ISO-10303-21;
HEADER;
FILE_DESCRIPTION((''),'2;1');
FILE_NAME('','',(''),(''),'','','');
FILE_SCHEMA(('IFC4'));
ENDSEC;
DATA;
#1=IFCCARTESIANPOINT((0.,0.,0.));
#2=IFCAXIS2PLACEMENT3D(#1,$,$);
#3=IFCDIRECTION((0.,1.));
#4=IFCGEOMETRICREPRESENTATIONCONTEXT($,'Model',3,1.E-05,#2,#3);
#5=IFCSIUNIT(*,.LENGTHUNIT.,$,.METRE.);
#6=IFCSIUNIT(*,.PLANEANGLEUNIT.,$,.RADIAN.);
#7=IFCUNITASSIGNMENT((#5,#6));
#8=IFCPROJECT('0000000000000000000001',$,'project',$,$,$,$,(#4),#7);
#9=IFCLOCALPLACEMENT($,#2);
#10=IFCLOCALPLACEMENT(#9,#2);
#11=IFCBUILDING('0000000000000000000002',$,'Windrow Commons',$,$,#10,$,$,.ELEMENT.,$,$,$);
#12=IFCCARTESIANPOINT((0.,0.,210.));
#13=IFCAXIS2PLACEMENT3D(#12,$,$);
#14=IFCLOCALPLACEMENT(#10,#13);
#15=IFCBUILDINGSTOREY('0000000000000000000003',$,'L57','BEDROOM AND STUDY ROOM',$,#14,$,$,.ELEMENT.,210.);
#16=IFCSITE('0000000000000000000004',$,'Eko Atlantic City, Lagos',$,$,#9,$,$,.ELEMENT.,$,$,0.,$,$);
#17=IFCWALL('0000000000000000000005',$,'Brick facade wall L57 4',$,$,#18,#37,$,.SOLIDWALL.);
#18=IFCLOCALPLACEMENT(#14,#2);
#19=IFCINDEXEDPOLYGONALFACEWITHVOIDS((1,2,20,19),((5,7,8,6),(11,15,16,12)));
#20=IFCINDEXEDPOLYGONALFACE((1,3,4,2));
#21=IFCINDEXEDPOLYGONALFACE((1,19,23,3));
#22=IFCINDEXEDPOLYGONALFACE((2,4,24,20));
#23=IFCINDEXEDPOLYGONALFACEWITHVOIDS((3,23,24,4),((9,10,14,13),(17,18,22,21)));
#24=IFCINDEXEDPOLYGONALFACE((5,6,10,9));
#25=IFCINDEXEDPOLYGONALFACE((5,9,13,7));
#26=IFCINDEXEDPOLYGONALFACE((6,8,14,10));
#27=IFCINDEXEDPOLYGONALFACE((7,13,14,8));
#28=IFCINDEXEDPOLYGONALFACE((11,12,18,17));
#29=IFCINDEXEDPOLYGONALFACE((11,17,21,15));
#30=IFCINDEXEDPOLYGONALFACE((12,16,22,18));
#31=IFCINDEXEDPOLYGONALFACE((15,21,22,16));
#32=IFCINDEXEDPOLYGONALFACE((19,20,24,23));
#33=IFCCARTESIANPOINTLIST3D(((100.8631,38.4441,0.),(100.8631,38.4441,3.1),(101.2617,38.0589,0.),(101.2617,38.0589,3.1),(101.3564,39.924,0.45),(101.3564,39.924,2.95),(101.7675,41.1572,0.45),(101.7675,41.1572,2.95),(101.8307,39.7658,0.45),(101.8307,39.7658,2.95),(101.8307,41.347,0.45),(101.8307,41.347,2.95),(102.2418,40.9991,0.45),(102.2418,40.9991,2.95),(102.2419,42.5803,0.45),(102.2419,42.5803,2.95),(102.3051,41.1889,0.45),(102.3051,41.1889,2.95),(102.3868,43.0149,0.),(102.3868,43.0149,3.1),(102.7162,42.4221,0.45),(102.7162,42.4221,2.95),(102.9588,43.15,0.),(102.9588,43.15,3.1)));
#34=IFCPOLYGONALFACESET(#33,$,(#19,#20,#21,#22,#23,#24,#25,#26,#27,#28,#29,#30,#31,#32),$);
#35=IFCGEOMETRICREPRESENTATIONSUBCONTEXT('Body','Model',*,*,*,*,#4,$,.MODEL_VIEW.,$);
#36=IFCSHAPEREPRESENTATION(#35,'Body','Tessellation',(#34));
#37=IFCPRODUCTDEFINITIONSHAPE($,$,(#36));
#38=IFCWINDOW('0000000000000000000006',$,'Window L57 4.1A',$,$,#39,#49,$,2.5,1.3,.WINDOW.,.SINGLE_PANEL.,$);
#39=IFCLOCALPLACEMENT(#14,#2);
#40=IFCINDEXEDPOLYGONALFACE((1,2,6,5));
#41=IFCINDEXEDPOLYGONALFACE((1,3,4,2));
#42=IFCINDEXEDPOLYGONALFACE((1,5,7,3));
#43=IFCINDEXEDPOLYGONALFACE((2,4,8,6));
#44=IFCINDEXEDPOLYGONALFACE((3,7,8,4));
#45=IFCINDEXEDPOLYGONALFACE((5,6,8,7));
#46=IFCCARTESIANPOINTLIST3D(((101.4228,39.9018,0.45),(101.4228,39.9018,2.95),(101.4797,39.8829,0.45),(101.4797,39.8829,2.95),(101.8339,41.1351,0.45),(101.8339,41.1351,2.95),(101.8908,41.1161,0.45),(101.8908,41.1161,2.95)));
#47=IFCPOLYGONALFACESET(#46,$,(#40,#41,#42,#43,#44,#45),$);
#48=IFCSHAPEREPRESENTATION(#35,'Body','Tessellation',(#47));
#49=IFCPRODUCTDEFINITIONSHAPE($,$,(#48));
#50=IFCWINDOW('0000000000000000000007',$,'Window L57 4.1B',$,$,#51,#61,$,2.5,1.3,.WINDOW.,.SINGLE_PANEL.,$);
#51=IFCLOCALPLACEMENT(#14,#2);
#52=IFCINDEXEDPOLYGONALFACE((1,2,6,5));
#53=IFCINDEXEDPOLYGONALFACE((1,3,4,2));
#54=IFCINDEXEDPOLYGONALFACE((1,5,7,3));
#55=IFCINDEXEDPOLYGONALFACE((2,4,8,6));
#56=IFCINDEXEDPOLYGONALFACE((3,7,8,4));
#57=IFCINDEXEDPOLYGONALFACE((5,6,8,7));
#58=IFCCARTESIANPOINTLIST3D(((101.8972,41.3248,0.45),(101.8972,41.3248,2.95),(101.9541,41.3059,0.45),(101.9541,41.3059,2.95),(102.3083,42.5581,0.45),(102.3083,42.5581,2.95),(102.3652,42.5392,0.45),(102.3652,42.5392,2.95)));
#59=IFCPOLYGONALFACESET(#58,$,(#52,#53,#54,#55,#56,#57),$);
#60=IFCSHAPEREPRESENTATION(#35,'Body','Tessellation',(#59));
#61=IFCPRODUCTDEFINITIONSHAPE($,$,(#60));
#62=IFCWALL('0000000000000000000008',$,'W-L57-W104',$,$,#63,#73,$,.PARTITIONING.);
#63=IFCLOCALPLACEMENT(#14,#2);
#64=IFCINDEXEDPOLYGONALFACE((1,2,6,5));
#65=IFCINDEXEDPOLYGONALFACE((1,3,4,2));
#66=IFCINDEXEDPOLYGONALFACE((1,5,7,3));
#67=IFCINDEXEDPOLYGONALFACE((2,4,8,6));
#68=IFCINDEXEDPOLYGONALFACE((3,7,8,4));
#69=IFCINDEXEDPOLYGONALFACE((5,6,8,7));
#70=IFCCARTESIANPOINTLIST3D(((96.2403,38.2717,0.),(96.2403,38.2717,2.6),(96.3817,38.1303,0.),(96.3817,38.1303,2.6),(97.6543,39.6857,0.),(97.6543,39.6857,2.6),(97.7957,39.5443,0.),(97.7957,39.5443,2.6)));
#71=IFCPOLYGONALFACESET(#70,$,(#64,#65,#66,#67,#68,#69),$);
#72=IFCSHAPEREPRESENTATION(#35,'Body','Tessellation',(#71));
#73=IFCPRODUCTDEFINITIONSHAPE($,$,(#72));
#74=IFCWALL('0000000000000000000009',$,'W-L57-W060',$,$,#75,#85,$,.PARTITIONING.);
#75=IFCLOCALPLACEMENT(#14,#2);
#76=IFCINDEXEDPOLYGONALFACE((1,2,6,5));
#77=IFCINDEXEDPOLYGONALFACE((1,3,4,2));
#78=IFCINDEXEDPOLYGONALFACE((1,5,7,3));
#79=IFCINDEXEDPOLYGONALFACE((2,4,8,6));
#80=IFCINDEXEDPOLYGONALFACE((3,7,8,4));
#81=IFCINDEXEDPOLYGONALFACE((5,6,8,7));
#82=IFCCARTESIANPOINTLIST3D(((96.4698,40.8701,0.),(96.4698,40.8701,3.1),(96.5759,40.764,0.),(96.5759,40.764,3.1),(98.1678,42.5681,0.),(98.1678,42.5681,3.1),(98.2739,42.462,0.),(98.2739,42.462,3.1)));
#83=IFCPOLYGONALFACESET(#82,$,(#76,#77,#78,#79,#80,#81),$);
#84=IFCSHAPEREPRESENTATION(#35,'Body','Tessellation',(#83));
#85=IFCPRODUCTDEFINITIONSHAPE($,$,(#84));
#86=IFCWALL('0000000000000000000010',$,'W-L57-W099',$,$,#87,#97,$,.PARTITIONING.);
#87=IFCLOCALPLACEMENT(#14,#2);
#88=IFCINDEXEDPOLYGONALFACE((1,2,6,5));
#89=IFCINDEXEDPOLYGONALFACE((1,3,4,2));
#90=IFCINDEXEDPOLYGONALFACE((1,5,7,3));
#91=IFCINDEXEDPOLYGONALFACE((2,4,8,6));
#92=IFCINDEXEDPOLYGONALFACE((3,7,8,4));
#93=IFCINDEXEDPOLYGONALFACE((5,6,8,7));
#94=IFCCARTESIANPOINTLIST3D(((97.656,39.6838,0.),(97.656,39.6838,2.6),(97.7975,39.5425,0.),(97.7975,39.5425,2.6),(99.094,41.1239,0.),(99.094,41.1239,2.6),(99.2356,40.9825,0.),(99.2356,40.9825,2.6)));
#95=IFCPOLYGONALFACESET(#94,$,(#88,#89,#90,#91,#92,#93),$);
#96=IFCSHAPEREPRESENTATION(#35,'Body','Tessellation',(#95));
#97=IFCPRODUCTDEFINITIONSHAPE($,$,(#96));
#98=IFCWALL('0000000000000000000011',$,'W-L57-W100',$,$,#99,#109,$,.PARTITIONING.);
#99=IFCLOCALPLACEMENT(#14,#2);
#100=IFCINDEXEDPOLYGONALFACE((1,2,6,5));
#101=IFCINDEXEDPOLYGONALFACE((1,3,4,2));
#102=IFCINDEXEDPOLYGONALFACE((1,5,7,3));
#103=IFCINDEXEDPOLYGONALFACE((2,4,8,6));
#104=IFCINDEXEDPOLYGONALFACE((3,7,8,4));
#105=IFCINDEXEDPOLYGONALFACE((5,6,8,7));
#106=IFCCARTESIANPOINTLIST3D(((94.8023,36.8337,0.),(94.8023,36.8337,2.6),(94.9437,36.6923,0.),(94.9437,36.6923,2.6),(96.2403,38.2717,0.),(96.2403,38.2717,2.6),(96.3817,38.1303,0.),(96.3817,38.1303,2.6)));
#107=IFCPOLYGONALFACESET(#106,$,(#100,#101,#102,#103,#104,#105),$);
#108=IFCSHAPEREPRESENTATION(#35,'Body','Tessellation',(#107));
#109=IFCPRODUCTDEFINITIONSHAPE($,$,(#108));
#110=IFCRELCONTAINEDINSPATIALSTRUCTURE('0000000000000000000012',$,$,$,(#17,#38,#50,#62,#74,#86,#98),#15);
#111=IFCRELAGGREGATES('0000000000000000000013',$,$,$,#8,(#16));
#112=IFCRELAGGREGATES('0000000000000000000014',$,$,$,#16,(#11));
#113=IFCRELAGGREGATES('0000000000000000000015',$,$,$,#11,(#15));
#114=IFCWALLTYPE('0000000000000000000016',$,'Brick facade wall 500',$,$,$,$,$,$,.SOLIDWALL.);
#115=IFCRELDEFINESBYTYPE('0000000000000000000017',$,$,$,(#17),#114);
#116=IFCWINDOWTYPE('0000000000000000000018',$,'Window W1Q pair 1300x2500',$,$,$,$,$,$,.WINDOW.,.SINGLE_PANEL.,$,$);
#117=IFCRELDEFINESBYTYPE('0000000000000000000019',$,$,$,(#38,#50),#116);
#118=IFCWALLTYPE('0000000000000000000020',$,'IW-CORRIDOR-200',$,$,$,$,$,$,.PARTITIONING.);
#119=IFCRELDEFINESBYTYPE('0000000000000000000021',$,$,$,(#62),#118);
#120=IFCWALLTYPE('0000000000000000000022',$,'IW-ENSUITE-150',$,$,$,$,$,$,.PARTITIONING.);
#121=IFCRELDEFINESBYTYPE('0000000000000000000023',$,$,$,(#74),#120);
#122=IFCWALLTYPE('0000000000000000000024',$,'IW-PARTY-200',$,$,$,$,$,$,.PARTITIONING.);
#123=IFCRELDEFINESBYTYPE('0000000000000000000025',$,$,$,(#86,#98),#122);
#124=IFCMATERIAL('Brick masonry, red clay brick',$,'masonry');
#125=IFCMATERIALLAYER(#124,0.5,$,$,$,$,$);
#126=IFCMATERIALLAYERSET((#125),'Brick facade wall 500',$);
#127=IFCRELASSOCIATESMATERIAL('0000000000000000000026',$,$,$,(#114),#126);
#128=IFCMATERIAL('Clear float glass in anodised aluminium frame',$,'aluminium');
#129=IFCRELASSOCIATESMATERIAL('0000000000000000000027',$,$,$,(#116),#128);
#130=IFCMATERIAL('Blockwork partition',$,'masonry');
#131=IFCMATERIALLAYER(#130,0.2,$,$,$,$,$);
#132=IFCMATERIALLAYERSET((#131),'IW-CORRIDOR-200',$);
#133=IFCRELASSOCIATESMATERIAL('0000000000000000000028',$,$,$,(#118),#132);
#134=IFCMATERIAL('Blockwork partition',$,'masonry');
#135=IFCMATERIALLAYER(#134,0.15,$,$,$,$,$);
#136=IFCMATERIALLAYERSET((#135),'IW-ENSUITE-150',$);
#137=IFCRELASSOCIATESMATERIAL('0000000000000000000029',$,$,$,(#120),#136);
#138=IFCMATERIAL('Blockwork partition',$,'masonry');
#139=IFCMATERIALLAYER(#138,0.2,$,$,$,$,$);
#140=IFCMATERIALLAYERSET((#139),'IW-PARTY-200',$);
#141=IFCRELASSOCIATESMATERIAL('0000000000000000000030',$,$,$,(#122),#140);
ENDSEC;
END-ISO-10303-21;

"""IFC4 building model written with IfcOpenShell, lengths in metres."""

from ifc_helpers import new_model, si_unit, direction, frame, frame_2d, origin, place, context, subcontext, project, spatial, polyline, rectangle, outline, extrude, material, layer, layer_set, type_object, element, fill, save


model = new_model("IFC4")

# Units and contexts
model_context = context("Model", 3, precision=1e-05, world=origin(), true_north=direction((0.0, 1.0)))
body_context = subcontext(model_context, "Body", "Model", "MODEL_VIEW")
ifc_project = project(units=[si_unit("LENGTHUNIT", "METRE"), si_unit("PLANEANGLEUNIT", "RADIAN")], contexts=[model_context])

# Site, building, storey
site_placement = place(None, origin())
site = spatial("IfcSite", under=ifc_project, at=site_placement, Name="Eko Atlantic City, Lagos", CompositionType="ELEMENT", RefElevation=0.0)
building_placement = place(site_placement, origin())
building = spatial("IfcBuilding", under=site, at=building_placement, Name="Windrow Commons", CompositionType="ELEMENT")
storey_placement = place(building_placement, frame((0.0, 0.0, 210.0)))
storey = spatial("IfcBuildingStorey", under=building, at=storey_placement, Name="L57", Description="BEDROOM AND STUDY ROOM", CompositionType="ELEMENT", Elevation=210.0)

# Wall, openings, windows
ifc_material_1 = material(Name="Brick masonry, red clay brick", Category="masonry")
ifc_layer_1 = layer(ifc_material_1, 0.5)
ifc_layer_set_1 = layer_set([ifc_layer_1], Name="Brick facade wall 500")
wall_type_1 = type_object("IfcWallType", Name="Brick facade wall 500", PredefinedType="SOLIDWALL", material=ifc_layer_set_1)
ifc_material_2 = material(Name="Clear float glass in anodised aluminium frame", Category="aluminium")
window_type = type_object("IfcWindowType", Name="Window W1Q pair 1300x2500", PartitioningType="SINGLE_PANEL", PredefinedType="WINDOW", material=ifc_material_2)
wall_1_placement = place(storey_placement, frame((101.0624, 38.2515, 0.0), z_axis=(0.0, 0.0, 1.0), x_axis=(0.31624, 0.948679, 0.0)))
wall_1 = element("IfcWall", 1, at=wall_1_placement, inside=storey, type_object=wall_type_1, Name="Brick facade wall L57 4", PredefinedType="SOLIDWALL", context=body_context, shape_type="SweptSolid", body=[
    extrude(outline(polyline([(-0.1197, -0.25), (5.2468, -0.25), (4.9378, 0.25), (0.1197, 0.25), (-0.1197, -0.25)])), origin(), (0.0, 0.0, 1.0), 3.1),
])
opening_1_placement = place(wall_1_placement, frame((1.6796, 0.0, 0.45)))
opening_1 = element("IfcOpeningElement", 2, at=opening_1_placement, cuts=wall_1, PredefinedType="OPENING", context=body_context, shape_type="SweptSolid", body=[
    extrude(rectangle(XDim=1.3, YDim=2.5, at=frame_2d((0.65, 1.25))), frame((0.0, 0.26, 0.0), z_axis=(0.0, -1.0, 0.0), x_axis=(1.0, 0.0, 0.0)), (0.0, 0.0, 1.0), 0.52),
])
opening_2_placement = place(wall_1_placement, frame((3.1796, 0.0, 0.45)))
opening_2 = element("IfcOpeningElement", 3, at=opening_2_placement, cuts=wall_1, PredefinedType="OPENING", context=body_context, shape_type="SweptSolid", body=[
    extrude(rectangle(XDim=1.3, YDim=2.5, at=frame_2d((0.65, 1.25))), frame((0.0, 0.26, 0.0), z_axis=(0.0, -1.0, 0.0), x_axis=(1.0, 0.0, 0.0)), (0.0, 0.0, 1.0), 0.52),
])
window_1_placement = place(opening_1_placement, origin())
window_1 = element("IfcWindow", 4, at=window_1_placement, inside=storey, type_object=window_type, Name="Window L57 4.1A", OverallHeight=2.5, OverallWidth=1.3, PartitioningType="SINGLE_PANEL", PredefinedType="WINDOW", context=body_context, shape_type="SweptSolid", body=[
    extrude(rectangle(XDim=1.3, YDim=2.5, at=frame_2d((0.65, 1.25))), frame((0.0, 0.18, 0.0), z_axis=(0.0, -1.0, 0.0), x_axis=(1.0, 0.0, 0.0)), (0.0, 0.0, 1.0), 0.06),
])
fill(opening_1, window_1)
window_2_placement = place(opening_2_placement, origin())
window_2 = element("IfcWindow", 5, at=window_2_placement, inside=storey, type_object=window_type, Name="Window L57 4.1B", OverallHeight=2.5, OverallWidth=1.3, PartitioningType="SINGLE_PANEL", PredefinedType="WINDOW", context=body_context, shape_type="SweptSolid", body=[
    extrude(rectangle(XDim=1.3, YDim=2.5, at=frame_2d((0.65, 1.25))), frame((0.0, 0.18, 0.0), z_axis=(0.0, -1.0, 0.0), x_axis=(1.0, 0.0, 0.0)), (0.0, 0.0, 1.0), 0.06),
])
fill(opening_2, window_2)

# Walls
ifc_material_3 = material(Name="Blockwork partition", Category="masonry")
ifc_layer_2 = layer(ifc_material_3, 0.2)
ifc_layer_set_2 = layer_set([ifc_layer_2], Name="IW-CORRIDOR-200")
wall_type_2 = type_object("IfcWallType", Name="IW-CORRIDOR-200", PredefinedType="PARTITIONING", material=ifc_layer_set_2)
wall_2_placement = place(storey_placement, frame((96.311, 38.201, 0.0), z_axis=(0.0, 0.0, 1.0), x_axis=(0.707107, 0.707107, 0.0)))
element("IfcWall", 6, at=wall_2_placement, inside=storey, type_object=wall_type_2, Name="W-L57-W104", PredefinedType="PARTITIONING", context=body_context, shape_type="SweptSolid", body=[
    extrude(rectangle(XDim=1.9997, YDim=0.2, at=frame_2d((0.9999, 0.0))), origin(), (0.0, 0.0, 1.0), 2.6),
])
ifc_material_4 = material(Name="Blockwork partition", Category="masonry")
ifc_layer_3 = layer(ifc_material_4, 0.15)
ifc_layer_set_3 = layer_set([ifc_layer_3], Name="IW-ENSUITE-150")
wall_type_3 = type_object("IfcWallType", Name="IW-ENSUITE-150", PredefinedType="PARTITIONING", material=ifc_layer_set_3)
wall_3_placement = place(storey_placement, frame((96.5229, 40.8171, 0.0), z_axis=(0.0, 0.0, 1.0), x_axis=(0.707107, 0.707107, 0.0)))
element("IfcWall", 7, at=wall_3_placement, inside=storey, type_object=wall_type_3, Name="W-L57-W060", PredefinedType="PARTITIONING", context=body_context, shape_type="SweptSolid", body=[
    extrude(rectangle(XDim=2.4013, YDim=0.15, at=frame_2d((1.2006, 0.0))), origin(), (0.0, 0.0, 1.0), 3.1),
])
ifc_material_5 = material(Name="Blockwork partition", Category="masonry")
ifc_layer_4 = layer(ifc_material_5, 0.2)
ifc_layer_set_4 = layer_set([ifc_layer_4], Name="IW-PARTY-200")
wall_type_4 = type_object("IfcWallType", Name="IW-PARTY-200", PredefinedType="PARTITIONING", material=ifc_layer_set_4)
wall_4_placement = place(storey_placement, frame((97.7268, 39.6132, 0.0), z_axis=(0.0, 0.0, 1.0), x_axis=(0.706615, 0.707598, 0.0)))
element("IfcWall", 8, at=wall_4_placement, inside=storey, type_object=wall_type_4, Name="W-L57-W099", PredefinedType="PARTITIONING", context=body_context, shape_type="SweptSolid", body=[
    extrude(rectangle(XDim=2.0351, YDim=0.2, at=frame_2d((1.0175, 0.0))), origin(), (0.0, 0.0, 1.0), 2.6),
])
wall_5_placement = place(storey_placement, frame((94.873, 36.763, 0.0), z_axis=(0.0, 0.0, 1.0), x_axis=(0.707107, 0.707107, 0.0)))
element("IfcWall", 9, at=wall_5_placement, inside=storey, type_object=wall_type_4, Name="W-L57-W100", PredefinedType="PARTITIONING", context=body_context, shape_type="SweptSolid", body=[
    extrude(rectangle(XDim=2.0336, YDim=0.2, at=frame_2d((1.0168, 0.0))), origin(), (0.0, 0.0, 1.0), 2.6),
])

save(model, "model.ifc")
